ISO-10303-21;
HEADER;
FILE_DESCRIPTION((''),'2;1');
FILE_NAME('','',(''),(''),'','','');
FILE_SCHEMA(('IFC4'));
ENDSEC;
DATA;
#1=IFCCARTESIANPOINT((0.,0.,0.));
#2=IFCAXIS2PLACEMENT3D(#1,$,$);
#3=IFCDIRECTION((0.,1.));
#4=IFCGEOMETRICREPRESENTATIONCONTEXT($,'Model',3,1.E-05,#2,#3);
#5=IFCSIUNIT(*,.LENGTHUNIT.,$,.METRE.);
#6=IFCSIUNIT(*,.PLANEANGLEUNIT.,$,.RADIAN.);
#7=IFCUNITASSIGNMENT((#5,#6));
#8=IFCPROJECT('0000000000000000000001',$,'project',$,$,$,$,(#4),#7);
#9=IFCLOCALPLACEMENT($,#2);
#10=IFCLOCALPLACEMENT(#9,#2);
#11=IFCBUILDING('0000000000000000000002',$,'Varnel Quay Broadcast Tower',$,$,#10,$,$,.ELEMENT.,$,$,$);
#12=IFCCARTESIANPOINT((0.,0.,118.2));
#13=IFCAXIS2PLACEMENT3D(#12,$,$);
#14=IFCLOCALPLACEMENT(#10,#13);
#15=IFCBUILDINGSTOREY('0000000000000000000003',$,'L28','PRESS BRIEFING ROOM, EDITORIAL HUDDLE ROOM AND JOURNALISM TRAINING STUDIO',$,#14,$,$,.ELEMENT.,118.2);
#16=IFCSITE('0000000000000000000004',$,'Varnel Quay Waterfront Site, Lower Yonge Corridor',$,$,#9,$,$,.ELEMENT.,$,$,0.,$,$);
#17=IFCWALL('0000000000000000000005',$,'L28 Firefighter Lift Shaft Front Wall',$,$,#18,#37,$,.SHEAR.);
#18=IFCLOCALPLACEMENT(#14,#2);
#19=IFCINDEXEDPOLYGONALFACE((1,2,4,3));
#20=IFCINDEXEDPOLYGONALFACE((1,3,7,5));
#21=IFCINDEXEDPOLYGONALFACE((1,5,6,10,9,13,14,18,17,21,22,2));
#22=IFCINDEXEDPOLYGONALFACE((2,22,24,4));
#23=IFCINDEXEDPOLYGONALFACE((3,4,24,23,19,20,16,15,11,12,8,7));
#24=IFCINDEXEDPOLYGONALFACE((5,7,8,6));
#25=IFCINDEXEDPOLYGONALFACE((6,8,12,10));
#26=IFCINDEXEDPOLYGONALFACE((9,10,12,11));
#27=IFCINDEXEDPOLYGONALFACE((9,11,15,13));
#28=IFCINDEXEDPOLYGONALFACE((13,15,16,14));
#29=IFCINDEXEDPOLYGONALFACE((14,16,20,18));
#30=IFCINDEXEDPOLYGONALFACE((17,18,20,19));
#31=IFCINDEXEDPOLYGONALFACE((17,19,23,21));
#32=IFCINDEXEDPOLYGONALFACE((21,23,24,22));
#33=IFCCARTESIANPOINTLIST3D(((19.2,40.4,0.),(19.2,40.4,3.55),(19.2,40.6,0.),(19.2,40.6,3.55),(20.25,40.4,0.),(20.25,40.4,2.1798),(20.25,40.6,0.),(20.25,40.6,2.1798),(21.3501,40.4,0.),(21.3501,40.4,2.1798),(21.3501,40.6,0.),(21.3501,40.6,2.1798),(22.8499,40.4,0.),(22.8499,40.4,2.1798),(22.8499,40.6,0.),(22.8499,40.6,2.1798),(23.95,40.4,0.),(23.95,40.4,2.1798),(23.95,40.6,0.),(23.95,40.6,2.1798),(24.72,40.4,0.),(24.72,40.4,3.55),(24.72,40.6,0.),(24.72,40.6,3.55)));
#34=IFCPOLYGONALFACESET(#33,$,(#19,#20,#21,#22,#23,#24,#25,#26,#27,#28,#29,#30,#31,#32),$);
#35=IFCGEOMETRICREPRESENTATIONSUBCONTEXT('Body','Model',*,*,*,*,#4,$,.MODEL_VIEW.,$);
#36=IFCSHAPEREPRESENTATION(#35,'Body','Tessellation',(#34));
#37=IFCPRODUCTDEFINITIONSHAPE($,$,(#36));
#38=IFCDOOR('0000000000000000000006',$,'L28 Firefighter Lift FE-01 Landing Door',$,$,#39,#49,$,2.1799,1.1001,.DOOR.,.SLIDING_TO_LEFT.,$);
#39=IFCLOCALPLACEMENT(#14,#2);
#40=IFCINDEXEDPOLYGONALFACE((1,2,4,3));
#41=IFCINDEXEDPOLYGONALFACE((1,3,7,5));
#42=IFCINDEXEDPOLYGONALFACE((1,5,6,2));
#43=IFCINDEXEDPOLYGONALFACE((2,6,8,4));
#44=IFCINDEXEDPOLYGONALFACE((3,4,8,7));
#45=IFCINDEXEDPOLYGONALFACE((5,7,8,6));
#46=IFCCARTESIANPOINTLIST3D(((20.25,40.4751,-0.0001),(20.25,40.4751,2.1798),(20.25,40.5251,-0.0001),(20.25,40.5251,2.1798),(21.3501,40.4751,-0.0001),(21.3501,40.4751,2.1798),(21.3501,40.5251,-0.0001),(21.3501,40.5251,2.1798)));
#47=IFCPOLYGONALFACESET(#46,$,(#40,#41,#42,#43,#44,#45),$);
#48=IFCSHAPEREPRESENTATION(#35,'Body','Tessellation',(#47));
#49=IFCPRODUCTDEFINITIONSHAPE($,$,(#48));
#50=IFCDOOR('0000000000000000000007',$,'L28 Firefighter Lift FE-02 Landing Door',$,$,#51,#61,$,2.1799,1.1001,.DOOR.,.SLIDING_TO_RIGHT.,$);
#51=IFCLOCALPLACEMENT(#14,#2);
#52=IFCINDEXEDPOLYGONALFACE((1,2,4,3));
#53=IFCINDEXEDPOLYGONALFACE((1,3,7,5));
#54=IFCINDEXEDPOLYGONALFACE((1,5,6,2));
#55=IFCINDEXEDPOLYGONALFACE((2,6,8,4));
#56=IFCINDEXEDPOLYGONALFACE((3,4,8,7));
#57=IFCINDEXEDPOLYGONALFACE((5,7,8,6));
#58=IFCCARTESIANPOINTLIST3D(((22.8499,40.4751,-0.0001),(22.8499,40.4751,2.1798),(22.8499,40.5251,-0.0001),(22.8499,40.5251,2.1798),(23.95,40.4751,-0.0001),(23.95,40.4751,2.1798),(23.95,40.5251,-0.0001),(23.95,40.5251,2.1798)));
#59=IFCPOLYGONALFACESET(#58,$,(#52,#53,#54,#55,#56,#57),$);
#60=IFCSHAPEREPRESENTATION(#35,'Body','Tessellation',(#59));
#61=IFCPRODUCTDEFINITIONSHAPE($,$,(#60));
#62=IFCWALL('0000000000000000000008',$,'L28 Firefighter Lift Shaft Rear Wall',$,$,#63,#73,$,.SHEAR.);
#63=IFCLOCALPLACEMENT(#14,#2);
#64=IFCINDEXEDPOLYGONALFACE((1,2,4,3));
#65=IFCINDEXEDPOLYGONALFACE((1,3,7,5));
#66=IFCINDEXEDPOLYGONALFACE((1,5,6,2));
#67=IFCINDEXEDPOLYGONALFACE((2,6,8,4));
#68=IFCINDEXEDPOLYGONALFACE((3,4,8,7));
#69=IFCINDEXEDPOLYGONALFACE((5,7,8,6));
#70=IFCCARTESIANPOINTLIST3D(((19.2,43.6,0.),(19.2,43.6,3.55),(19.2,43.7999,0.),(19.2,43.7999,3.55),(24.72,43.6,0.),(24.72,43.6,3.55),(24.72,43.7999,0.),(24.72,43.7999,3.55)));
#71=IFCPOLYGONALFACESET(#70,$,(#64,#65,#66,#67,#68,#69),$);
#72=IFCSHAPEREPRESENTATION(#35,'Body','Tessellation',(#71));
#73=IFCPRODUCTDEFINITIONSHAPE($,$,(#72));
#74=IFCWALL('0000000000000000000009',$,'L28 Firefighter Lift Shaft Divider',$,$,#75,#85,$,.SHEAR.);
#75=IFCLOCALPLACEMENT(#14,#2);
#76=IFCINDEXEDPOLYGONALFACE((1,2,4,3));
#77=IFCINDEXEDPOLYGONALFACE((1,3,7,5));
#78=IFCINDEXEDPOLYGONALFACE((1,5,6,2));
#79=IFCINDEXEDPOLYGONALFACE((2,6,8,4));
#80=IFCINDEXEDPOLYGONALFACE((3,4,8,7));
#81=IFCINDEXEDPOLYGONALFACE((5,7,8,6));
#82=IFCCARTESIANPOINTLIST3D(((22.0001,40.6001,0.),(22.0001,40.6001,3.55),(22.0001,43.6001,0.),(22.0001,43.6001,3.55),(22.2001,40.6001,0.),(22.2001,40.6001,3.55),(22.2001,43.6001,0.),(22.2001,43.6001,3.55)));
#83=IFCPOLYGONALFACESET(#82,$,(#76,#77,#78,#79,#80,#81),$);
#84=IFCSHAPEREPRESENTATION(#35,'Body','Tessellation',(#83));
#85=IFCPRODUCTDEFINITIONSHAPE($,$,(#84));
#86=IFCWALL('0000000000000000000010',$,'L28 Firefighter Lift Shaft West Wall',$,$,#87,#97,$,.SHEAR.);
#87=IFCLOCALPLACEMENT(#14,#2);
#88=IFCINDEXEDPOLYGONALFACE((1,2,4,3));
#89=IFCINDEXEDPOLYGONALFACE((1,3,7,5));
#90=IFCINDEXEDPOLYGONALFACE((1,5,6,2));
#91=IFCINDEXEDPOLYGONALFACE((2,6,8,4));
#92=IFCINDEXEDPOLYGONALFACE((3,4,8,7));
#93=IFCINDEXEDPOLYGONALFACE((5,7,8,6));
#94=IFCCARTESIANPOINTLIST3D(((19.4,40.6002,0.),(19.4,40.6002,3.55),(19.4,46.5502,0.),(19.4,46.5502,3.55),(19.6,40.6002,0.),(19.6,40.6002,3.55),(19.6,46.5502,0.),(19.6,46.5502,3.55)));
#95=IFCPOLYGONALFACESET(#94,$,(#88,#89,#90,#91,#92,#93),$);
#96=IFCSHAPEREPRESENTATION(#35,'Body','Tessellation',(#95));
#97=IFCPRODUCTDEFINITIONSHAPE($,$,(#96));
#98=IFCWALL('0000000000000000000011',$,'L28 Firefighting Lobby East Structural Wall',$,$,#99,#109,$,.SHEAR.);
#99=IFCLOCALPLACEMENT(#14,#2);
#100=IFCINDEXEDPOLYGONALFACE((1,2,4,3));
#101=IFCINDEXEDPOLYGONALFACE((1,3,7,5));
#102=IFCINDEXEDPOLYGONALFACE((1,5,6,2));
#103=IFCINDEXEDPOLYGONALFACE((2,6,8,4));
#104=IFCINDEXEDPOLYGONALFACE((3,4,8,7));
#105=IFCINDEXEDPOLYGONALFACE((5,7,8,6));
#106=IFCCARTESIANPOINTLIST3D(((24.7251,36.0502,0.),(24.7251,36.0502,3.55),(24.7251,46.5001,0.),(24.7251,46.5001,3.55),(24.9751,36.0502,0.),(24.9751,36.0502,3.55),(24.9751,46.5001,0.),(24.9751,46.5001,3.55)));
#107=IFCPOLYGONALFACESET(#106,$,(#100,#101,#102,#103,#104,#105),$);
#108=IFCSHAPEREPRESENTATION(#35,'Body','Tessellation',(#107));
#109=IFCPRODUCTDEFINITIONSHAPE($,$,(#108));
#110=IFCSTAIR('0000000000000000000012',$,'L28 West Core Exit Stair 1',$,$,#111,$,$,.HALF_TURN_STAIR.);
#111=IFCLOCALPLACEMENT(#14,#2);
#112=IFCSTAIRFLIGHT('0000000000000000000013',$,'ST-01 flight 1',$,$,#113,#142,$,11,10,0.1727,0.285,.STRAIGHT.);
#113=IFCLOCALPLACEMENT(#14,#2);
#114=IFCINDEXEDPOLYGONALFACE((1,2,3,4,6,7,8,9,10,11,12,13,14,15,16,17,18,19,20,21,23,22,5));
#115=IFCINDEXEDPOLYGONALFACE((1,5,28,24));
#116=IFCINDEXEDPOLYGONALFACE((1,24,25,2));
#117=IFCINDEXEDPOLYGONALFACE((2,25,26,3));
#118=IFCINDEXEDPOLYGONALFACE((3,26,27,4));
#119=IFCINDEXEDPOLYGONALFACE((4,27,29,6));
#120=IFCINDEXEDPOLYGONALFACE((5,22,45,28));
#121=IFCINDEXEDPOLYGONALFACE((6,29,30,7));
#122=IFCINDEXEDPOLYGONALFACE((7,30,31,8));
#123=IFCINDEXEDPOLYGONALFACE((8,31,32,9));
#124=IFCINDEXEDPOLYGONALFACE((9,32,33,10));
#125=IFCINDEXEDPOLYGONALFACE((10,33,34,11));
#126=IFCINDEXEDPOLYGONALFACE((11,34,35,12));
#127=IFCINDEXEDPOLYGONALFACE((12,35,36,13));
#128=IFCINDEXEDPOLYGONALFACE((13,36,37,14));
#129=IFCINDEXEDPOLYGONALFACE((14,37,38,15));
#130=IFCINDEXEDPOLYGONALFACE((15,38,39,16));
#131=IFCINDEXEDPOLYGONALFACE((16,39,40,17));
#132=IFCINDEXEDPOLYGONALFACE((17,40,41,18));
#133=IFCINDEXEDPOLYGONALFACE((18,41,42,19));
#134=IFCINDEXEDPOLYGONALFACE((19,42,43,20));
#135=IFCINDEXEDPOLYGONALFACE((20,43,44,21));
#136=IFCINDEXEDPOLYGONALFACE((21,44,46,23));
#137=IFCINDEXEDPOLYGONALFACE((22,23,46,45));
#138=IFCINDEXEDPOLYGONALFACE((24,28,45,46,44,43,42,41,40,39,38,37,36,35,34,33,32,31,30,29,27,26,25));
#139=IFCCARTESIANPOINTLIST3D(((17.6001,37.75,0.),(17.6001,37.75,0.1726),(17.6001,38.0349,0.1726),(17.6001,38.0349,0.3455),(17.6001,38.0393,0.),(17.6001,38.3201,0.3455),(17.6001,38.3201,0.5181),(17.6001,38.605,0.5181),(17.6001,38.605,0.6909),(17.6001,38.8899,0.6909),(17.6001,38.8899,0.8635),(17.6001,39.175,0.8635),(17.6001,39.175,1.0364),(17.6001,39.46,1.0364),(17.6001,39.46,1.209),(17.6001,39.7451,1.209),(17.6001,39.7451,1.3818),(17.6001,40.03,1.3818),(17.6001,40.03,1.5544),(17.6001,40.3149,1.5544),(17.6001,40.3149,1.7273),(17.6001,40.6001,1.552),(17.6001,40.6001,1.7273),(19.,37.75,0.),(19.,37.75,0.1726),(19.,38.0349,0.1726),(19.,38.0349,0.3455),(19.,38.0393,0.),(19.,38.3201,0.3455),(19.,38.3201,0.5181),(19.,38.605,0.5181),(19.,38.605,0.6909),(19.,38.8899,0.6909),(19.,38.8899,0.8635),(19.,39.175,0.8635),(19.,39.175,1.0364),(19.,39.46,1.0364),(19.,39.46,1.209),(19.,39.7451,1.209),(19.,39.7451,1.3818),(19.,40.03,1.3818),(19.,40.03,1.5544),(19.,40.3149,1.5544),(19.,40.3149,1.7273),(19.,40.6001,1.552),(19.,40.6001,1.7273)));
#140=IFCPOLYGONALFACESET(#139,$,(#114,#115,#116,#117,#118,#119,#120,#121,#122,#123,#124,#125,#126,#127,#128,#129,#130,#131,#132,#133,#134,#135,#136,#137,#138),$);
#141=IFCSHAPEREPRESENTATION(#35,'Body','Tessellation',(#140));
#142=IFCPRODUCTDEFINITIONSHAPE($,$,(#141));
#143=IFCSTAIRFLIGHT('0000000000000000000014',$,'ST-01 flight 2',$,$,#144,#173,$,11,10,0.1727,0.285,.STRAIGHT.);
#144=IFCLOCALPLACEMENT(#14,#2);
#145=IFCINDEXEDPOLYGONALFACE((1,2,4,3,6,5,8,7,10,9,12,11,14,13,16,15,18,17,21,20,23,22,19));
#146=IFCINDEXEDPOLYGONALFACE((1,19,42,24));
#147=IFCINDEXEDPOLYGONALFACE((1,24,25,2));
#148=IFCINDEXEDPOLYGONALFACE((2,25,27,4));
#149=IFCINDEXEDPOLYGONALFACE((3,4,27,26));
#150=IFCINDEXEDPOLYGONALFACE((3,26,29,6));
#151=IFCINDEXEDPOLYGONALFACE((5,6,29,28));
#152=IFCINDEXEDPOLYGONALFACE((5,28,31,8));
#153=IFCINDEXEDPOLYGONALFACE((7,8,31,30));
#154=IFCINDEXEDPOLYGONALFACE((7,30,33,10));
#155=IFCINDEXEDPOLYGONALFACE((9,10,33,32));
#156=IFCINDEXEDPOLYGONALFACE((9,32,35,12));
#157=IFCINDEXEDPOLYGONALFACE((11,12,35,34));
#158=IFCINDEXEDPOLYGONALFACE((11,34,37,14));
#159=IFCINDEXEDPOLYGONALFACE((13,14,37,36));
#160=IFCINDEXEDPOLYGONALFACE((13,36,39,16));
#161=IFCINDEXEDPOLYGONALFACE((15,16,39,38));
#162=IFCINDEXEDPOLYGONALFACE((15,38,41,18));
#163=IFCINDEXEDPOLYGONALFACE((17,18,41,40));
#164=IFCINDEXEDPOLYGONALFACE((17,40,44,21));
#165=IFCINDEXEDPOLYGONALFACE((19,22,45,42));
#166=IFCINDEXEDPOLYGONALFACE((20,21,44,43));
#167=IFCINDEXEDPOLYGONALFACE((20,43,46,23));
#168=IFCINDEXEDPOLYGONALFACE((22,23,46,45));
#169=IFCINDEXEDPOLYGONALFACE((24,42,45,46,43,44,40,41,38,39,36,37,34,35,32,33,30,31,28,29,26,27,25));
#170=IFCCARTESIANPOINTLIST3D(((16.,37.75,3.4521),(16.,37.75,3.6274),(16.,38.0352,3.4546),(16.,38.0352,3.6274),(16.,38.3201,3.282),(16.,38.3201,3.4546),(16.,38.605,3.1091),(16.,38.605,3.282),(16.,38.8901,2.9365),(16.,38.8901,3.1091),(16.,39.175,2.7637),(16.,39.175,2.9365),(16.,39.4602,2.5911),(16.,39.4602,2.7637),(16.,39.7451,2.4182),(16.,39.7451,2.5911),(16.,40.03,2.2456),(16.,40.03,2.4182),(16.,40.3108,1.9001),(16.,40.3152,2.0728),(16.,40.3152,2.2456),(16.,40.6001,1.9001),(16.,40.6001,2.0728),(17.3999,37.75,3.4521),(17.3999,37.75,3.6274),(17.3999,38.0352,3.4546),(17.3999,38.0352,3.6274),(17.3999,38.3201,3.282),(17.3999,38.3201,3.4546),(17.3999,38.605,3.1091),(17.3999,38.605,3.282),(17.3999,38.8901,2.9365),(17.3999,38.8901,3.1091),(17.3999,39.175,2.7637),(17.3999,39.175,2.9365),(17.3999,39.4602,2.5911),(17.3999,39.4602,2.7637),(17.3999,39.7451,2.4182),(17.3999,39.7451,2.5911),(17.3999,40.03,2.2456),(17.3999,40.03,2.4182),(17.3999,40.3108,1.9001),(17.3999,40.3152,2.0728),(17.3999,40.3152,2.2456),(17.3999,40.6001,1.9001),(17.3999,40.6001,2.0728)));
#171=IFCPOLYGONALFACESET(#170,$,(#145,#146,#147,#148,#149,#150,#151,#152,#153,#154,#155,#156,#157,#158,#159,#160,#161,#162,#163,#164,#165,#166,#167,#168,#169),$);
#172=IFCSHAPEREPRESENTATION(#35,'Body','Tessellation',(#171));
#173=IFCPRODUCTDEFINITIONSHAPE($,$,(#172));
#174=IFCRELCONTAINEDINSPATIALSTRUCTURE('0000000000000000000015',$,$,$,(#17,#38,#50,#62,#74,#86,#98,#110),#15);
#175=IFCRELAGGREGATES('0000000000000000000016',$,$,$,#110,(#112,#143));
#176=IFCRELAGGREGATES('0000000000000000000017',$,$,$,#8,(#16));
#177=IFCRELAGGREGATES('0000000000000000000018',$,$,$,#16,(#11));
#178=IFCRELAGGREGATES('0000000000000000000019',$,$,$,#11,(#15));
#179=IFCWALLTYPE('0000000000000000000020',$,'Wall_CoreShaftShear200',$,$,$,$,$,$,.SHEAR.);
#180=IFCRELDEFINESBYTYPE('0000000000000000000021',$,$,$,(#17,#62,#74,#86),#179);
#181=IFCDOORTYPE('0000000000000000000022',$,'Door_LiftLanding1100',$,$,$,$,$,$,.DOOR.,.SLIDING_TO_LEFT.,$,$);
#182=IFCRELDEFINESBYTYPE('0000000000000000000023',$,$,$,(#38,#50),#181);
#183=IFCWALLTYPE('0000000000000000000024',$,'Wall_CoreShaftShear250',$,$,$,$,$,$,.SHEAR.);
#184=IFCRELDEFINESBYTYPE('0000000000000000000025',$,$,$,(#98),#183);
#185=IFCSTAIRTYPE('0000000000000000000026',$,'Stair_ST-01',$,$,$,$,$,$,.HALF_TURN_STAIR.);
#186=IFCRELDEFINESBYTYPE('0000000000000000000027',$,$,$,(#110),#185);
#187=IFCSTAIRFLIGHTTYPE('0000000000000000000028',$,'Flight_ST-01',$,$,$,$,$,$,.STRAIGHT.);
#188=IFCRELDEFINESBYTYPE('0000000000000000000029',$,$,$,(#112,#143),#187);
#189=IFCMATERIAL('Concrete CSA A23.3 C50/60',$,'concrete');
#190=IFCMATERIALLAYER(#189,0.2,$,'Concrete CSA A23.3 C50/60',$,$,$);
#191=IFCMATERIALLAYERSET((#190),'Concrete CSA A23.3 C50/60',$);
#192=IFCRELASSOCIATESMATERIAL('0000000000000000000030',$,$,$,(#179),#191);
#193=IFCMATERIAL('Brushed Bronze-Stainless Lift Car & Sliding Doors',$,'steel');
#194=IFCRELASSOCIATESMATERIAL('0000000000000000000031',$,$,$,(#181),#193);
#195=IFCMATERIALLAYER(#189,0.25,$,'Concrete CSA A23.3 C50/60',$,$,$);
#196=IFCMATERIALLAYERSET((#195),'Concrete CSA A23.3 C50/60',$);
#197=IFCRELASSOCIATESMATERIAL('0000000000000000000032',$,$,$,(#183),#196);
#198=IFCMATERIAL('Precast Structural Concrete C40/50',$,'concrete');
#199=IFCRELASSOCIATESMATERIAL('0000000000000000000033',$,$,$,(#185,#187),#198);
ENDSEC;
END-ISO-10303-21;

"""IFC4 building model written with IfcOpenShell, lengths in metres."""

from ifc_helpers import new_model, si_unit, direction, frame, frame_2d, origin, place, context, subcontext, project, spatial, polyline, rectangle, outline, extrude, source, transform, mapped, material, layer, layer_set, type_object, type_shapes, element, fill, aggregate, save


model = new_model("IFC4")

# Units and contexts
model_context = context("Model", 3, precision=1e-05, world=origin(), true_north=direction((0.0, 1.0)))
body_context = subcontext(model_context, "Body", "Model", "MODEL_VIEW")
ifc_project = project(units=[si_unit("LENGTHUNIT", "METRE"), si_unit("PLANEANGLEUNIT", "RADIAN")], contexts=[model_context])

# Site, building, storey
site_placement = place(None, origin())
site = spatial("IfcSite", under=ifc_project, at=site_placement, Name="Varnel Quay Waterfront Site, Lower Yonge Corridor", CompositionType="ELEMENT", RefElevation=0.0)
building_placement = place(site_placement, origin())
building = spatial("IfcBuilding", under=site, at=building_placement, Name="Varnel Quay Broadcast Tower", CompositionType="ELEMENT")
storey_placement = place(building_placement, frame((0.0, 0.0, 118.2)))
storey = spatial("IfcBuildingStorey", under=building, at=storey_placement, Name="L28", Description="PRESS BRIEFING ROOM, EDITORIAL HUDDLE ROOM AND JOURNALISM TRAINING STUDIO", CompositionType="ELEMENT", Elevation=118.2)

# Shared definitions
ifc_material_1 = material(Name="Concrete CSA A23.3 C50/60", Category="concrete")
ifc_layer_1 = layer(ifc_material_1, 0.2, Name="Concrete CSA A23.3 C50/60")
ifc_layer_set_1 = layer_set([ifc_layer_1], Name="Concrete CSA A23.3 C50/60")
wall_type_1 = type_object("IfcWallType", Name="Wall_CoreShaftShear200", PredefinedType="SHEAR", material=ifc_layer_set_1)

# Wall, openings, doors
wall_1_placement = place(storey_placement, frame((19.2, 40.5, 0.0), z_axis=(0.0, 0.0, 1.0), x_axis=(1.0, 0.0, 0.0)))
wall_1 = element("IfcWall", 1, at=wall_1_placement, inside=storey, type_object=wall_type_1, Name="L28 Firefighter Lift Shaft Front Wall", PredefinedType="SHEAR", context=body_context, shape_type="SweptSolid", body=[
    extrude(rectangle(XDim=5.52, YDim=0.2, at=frame_2d((2.76, 0.0))), origin(), (0.0, 0.0, 1.0), 3.55),
])
opening_1_placement = place(wall_1_placement, frame((1.05, 0.0, 0.0)))
opening_1 = element("IfcOpeningElement", 2, at=opening_1_placement, cuts=wall_1, PredefinedType="OPENING", context=body_context, shape_type="SweptSolid", body=[
    extrude(rectangle(XDim=1.1001, YDim=2.1799, at=frame_2d((0.55, 1.0898))), frame((0.0, 0.1099, 0.0), z_axis=(0.0, -1.0, 0.0), x_axis=(1.0, 0.0, 0.0)), (0.0, 0.0, 1.0), 0.22),
])
opening_2_placement = place(wall_1_placement, frame((3.6499, 0.0, 0.0)))
opening_2 = element("IfcOpeningElement", 3, at=opening_2_placement, cuts=wall_1, PredefinedType="OPENING", context=body_context, shape_type="SweptSolid", body=[
    extrude(rectangle(XDim=1.1001, YDim=2.1799, at=frame_2d((0.55, 1.0898))), frame((0.0, 0.1099, 0.0), z_axis=(0.0, -1.0, 0.0), x_axis=(1.0, 0.0, 0.0)), (0.0, 0.0, 1.0), 0.22),
])
ifc_material_2 = material(Name="Brushed Bronze-Stainless Lift Car & Sliding Doors", Category="steel")
door_type_1 = type_object("IfcDoorType", Name="Door_LiftLanding1100", OperationType="SLIDING_TO_LEFT", PredefinedType="DOOR", material=ifc_material_2)
shared_shape_1 = source(origin(), body_context, "Body", "SweptSolid", [
    extrude(rectangle(XDim=1.1001, YDim=2.1799, at=frame_2d((0.55, 1.0898))), frame((0.0, 0.0249, 0.0), z_axis=(0.0, -1.0, 0.0), x_axis=(1.0, 0.0, 0.0)), (0.0, 0.0, 1.0), 0.05),
])
type_shapes(door_type_1, [shared_shape_1])
door_1_placement = place(opening_1_placement, frame((1.1001, 0.0, 0.0), z_axis=(0.0, 0.0, 1.0), x_axis=(-1.0, 0.0, 0.0)))
door_1 = element("IfcDoor", 4, at=door_1_placement, inside=storey, type_object=door_type_1, Name="L28 Firefighter Lift FE-01 Landing Door", OperationType="SLIDING_TO_LEFT", OverallHeight=2.1799, OverallWidth=1.1001, PredefinedType="DOOR", context=body_context, shape_type="MappedRepresentation", body=[
    mapped(shared_shape_1, transform((0.0, 0.0, 0.0), x_axis=(1.0, 0.0, 0.0), y_axis=(0.0, 1.0, 0.0), z_axis=(0.0, 0.0, 1.0), scale=1.0)),
])
fill(opening_1, door_1)
door_2_placement = place(opening_2_placement, frame((1.1001, 0.0, 0.0), z_axis=(0.0, 0.0, 1.0), x_axis=(-1.0, 0.0, 0.0)))
door_2 = element("IfcDoor", 5, at=door_2_placement, inside=storey, type_object=door_type_1, Name="L28 Firefighter Lift FE-02 Landing Door", OperationType="SLIDING_TO_RIGHT", OverallHeight=2.1799, OverallWidth=1.1001, PredefinedType="DOOR", context=body_context, shape_type="MappedRepresentation", body=[
    mapped(shared_shape_1, transform((0.0, 0.0, 0.0), x_axis=(1.0, 0.0, 0.0), y_axis=(0.0, 1.0, 0.0), z_axis=(0.0, 0.0, 1.0), scale=1.0)),
])
fill(opening_2, door_2)

# Walls
wall_2_placement = place(storey_placement, frame((19.2, 43.7, 0.0), z_axis=(0.0, 0.0, 1.0), x_axis=(1.0, 0.0, 0.0)))
element("IfcWall", 6, at=wall_2_placement, inside=storey, type_object=wall_type_1, Name="L28 Firefighter Lift Shaft Rear Wall", PredefinedType="SHEAR", context=body_context, shape_type="SweptSolid", body=[
    extrude(rectangle(XDim=5.52, YDim=0.2, at=frame_2d((2.76, 0.0))), origin(), (0.0, 0.0, 1.0), 3.55),
])
wall_3_placement = place(storey_placement, frame((22.1001, 40.6001, 0.0), z_axis=(0.0, 0.0, 1.0), x_axis=(0.0, 1.0, 0.0)))
element("IfcWall", 7, at=wall_3_placement, inside=storey, type_object=wall_type_1, Name="L28 Firefighter Lift Shaft Divider", PredefinedType="SHEAR", context=body_context, shape_type="SweptSolid", body=[
    extrude(rectangle(XDim=3.0, YDim=0.2, at=frame_2d((1.5, 0.0))), origin(), (0.0, 0.0, 1.0), 3.55),
])
wall_4_placement = place(storey_placement, frame((19.5, 40.6001, 0.0), z_axis=(0.0, 0.0, 1.0), x_axis=(0.0, 1.0, 0.0)))
element("IfcWall", 8, at=wall_4_placement, inside=storey, type_object=wall_type_1, Name="L28 Firefighter Lift Shaft West Wall", PredefinedType="SHEAR", context=body_context, shape_type="SweptSolid", body=[
    extrude(rectangle(XDim=5.95, YDim=0.2, at=frame_2d((2.9751, 0.0))), origin(), (0.0, 0.0, 1.0), 3.55),
])
ifc_layer_2 = layer(ifc_material_1, 0.25, Name="Concrete CSA A23.3 C50/60")
ifc_layer_set_2 = layer_set([ifc_layer_2], Name="Concrete CSA A23.3 C50/60")
wall_type_2 = type_object("IfcWallType", Name="Wall_CoreShaftShear250", PredefinedType="SHEAR", material=ifc_layer_set_2)
wall_5_placement = place(storey_placement, frame((24.8501, 36.05, 0.0), z_axis=(0.0, 0.0, 1.0), x_axis=(0.0, 1.0, 0.0)))
element("IfcWall", 9, at=wall_5_placement, inside=storey, type_object=wall_type_2, Name="L28 Firefighting Lobby East Structural Wall", PredefinedType="SHEAR", context=body_context, shape_type="SweptSolid", body=[
    extrude(rectangle(XDim=10.45, YDim=0.25, at=frame_2d((5.2251, 0.0))), origin(), (0.0, 0.0, 1.0), 3.55),
])

# Stair, stair flights
ifc_material_3 = material(Name="Precast Structural Concrete C40/50", Category="concrete")
stair_type = type_object("IfcStairType", Name="Stair_ST-01", PredefinedType="HALF_TURN_STAIR", material=ifc_material_3)
stair_placement = place(storey_placement, origin())
stair = element("IfcStair", 10, at=stair_placement, inside=storey, type_object=stair_type, Name="L28 West Core Exit Stair 1", PredefinedType="HALF_TURN_STAIR")
stair_flight_type = type_object("IfcStairFlightType", Name="Flight_ST-01", PredefinedType="STRAIGHT", material=ifc_material_3)
stair_flight_1_placement = place(storey_placement, frame((18.3, 37.75, 0.0), z_axis=(0.0, 0.0, 1.0), x_axis=(0.0, 1.0, 0.0)))
stair_flight_1 = element("IfcStairFlight", 11, at=stair_flight_1_placement, type_object=stair_flight_type, Name="ST-01 flight 1", NumberOfRisers=11, NumberOfTreads=10, PredefinedType="STRAIGHT", RiserHeight=0.1727, TreadLength=0.285, context=body_context, shape_type="SweptSolid", body=[
    extrude(outline(polyline([(0.0, 0.0), (0.0, 0.1726), (0.2849, 0.1726), (0.2849, 0.3455), (0.5701, 0.3455), (0.5701, 0.5181), (0.855, 0.5181), (0.855, 0.6909), (1.1399, 0.6909), (1.1399, 0.8635), (1.425, 0.8635), (1.425, 1.0364), (1.71, 1.0364), (1.71, 1.209), (1.9951, 1.209), (1.9951, 1.3818), (2.28, 1.3818), (2.28, 1.5544), (2.5649, 1.5544), (2.5649, 1.7273), (2.8501, 1.7273), (2.8501, 1.8999), (2.8501, 1.552), (0.2893, 0.0), (0.0, 0.0)])), frame((0.0, 0.7, 0.0), z_axis=(0.0, -1.0, 0.0), x_axis=(1.0, 0.0, 0.0)), (0.0, 0.0, 1.0), 1.3999),
])
stair_flight_2_placement = place(storey_placement, frame((16.7, 40.6001, 1.9001), z_axis=(0.0, 0.0, 1.0), x_axis=(0.0, -1.0, 0.0)))
stair_flight_2 = element("IfcStairFlight", 12, at=stair_flight_2_placement, type_object=stair_flight_type, Name="ST-01 flight 2", NumberOfRisers=11, NumberOfTreads=10, PredefinedType="STRAIGHT", RiserHeight=0.1727, TreadLength=0.285, context=body_context, shape_type="SweptSolid", body=[
    extrude(outline(polyline([(0.0, 0.0), (0.0, 0.1726), (0.2849, 0.1726), (0.2849, 0.3455), (0.5701, 0.3455), (0.5701, 0.5181), (0.855, 0.5181), (0.855, 0.6909), (1.1399, 0.6909), (1.1399, 0.8635), (1.425, 0.8635), (1.425, 1.0364), (1.71, 1.0364), (1.71, 1.209), (1.9951, 1.209), (1.9951, 1.3818), (2.28, 1.3818), (2.28, 1.5544), (2.5649, 1.5544), (2.5649, 1.7273), (2.8501, 1.7273), (2.8501, 1.8999), (2.8501, 1.552), (0.2893, 0.0), (0.0, 0.0)])), frame((0.0, 0.7, 0.0), z_axis=(0.0, -1.0, 0.0), x_axis=(1.0, 0.0, 0.0)), (0.0, 0.0, 1.0), 1.3999),
])
aggregate(stair, [stair_flight_1, stair_flight_2])

save(model, "model.ifc")
